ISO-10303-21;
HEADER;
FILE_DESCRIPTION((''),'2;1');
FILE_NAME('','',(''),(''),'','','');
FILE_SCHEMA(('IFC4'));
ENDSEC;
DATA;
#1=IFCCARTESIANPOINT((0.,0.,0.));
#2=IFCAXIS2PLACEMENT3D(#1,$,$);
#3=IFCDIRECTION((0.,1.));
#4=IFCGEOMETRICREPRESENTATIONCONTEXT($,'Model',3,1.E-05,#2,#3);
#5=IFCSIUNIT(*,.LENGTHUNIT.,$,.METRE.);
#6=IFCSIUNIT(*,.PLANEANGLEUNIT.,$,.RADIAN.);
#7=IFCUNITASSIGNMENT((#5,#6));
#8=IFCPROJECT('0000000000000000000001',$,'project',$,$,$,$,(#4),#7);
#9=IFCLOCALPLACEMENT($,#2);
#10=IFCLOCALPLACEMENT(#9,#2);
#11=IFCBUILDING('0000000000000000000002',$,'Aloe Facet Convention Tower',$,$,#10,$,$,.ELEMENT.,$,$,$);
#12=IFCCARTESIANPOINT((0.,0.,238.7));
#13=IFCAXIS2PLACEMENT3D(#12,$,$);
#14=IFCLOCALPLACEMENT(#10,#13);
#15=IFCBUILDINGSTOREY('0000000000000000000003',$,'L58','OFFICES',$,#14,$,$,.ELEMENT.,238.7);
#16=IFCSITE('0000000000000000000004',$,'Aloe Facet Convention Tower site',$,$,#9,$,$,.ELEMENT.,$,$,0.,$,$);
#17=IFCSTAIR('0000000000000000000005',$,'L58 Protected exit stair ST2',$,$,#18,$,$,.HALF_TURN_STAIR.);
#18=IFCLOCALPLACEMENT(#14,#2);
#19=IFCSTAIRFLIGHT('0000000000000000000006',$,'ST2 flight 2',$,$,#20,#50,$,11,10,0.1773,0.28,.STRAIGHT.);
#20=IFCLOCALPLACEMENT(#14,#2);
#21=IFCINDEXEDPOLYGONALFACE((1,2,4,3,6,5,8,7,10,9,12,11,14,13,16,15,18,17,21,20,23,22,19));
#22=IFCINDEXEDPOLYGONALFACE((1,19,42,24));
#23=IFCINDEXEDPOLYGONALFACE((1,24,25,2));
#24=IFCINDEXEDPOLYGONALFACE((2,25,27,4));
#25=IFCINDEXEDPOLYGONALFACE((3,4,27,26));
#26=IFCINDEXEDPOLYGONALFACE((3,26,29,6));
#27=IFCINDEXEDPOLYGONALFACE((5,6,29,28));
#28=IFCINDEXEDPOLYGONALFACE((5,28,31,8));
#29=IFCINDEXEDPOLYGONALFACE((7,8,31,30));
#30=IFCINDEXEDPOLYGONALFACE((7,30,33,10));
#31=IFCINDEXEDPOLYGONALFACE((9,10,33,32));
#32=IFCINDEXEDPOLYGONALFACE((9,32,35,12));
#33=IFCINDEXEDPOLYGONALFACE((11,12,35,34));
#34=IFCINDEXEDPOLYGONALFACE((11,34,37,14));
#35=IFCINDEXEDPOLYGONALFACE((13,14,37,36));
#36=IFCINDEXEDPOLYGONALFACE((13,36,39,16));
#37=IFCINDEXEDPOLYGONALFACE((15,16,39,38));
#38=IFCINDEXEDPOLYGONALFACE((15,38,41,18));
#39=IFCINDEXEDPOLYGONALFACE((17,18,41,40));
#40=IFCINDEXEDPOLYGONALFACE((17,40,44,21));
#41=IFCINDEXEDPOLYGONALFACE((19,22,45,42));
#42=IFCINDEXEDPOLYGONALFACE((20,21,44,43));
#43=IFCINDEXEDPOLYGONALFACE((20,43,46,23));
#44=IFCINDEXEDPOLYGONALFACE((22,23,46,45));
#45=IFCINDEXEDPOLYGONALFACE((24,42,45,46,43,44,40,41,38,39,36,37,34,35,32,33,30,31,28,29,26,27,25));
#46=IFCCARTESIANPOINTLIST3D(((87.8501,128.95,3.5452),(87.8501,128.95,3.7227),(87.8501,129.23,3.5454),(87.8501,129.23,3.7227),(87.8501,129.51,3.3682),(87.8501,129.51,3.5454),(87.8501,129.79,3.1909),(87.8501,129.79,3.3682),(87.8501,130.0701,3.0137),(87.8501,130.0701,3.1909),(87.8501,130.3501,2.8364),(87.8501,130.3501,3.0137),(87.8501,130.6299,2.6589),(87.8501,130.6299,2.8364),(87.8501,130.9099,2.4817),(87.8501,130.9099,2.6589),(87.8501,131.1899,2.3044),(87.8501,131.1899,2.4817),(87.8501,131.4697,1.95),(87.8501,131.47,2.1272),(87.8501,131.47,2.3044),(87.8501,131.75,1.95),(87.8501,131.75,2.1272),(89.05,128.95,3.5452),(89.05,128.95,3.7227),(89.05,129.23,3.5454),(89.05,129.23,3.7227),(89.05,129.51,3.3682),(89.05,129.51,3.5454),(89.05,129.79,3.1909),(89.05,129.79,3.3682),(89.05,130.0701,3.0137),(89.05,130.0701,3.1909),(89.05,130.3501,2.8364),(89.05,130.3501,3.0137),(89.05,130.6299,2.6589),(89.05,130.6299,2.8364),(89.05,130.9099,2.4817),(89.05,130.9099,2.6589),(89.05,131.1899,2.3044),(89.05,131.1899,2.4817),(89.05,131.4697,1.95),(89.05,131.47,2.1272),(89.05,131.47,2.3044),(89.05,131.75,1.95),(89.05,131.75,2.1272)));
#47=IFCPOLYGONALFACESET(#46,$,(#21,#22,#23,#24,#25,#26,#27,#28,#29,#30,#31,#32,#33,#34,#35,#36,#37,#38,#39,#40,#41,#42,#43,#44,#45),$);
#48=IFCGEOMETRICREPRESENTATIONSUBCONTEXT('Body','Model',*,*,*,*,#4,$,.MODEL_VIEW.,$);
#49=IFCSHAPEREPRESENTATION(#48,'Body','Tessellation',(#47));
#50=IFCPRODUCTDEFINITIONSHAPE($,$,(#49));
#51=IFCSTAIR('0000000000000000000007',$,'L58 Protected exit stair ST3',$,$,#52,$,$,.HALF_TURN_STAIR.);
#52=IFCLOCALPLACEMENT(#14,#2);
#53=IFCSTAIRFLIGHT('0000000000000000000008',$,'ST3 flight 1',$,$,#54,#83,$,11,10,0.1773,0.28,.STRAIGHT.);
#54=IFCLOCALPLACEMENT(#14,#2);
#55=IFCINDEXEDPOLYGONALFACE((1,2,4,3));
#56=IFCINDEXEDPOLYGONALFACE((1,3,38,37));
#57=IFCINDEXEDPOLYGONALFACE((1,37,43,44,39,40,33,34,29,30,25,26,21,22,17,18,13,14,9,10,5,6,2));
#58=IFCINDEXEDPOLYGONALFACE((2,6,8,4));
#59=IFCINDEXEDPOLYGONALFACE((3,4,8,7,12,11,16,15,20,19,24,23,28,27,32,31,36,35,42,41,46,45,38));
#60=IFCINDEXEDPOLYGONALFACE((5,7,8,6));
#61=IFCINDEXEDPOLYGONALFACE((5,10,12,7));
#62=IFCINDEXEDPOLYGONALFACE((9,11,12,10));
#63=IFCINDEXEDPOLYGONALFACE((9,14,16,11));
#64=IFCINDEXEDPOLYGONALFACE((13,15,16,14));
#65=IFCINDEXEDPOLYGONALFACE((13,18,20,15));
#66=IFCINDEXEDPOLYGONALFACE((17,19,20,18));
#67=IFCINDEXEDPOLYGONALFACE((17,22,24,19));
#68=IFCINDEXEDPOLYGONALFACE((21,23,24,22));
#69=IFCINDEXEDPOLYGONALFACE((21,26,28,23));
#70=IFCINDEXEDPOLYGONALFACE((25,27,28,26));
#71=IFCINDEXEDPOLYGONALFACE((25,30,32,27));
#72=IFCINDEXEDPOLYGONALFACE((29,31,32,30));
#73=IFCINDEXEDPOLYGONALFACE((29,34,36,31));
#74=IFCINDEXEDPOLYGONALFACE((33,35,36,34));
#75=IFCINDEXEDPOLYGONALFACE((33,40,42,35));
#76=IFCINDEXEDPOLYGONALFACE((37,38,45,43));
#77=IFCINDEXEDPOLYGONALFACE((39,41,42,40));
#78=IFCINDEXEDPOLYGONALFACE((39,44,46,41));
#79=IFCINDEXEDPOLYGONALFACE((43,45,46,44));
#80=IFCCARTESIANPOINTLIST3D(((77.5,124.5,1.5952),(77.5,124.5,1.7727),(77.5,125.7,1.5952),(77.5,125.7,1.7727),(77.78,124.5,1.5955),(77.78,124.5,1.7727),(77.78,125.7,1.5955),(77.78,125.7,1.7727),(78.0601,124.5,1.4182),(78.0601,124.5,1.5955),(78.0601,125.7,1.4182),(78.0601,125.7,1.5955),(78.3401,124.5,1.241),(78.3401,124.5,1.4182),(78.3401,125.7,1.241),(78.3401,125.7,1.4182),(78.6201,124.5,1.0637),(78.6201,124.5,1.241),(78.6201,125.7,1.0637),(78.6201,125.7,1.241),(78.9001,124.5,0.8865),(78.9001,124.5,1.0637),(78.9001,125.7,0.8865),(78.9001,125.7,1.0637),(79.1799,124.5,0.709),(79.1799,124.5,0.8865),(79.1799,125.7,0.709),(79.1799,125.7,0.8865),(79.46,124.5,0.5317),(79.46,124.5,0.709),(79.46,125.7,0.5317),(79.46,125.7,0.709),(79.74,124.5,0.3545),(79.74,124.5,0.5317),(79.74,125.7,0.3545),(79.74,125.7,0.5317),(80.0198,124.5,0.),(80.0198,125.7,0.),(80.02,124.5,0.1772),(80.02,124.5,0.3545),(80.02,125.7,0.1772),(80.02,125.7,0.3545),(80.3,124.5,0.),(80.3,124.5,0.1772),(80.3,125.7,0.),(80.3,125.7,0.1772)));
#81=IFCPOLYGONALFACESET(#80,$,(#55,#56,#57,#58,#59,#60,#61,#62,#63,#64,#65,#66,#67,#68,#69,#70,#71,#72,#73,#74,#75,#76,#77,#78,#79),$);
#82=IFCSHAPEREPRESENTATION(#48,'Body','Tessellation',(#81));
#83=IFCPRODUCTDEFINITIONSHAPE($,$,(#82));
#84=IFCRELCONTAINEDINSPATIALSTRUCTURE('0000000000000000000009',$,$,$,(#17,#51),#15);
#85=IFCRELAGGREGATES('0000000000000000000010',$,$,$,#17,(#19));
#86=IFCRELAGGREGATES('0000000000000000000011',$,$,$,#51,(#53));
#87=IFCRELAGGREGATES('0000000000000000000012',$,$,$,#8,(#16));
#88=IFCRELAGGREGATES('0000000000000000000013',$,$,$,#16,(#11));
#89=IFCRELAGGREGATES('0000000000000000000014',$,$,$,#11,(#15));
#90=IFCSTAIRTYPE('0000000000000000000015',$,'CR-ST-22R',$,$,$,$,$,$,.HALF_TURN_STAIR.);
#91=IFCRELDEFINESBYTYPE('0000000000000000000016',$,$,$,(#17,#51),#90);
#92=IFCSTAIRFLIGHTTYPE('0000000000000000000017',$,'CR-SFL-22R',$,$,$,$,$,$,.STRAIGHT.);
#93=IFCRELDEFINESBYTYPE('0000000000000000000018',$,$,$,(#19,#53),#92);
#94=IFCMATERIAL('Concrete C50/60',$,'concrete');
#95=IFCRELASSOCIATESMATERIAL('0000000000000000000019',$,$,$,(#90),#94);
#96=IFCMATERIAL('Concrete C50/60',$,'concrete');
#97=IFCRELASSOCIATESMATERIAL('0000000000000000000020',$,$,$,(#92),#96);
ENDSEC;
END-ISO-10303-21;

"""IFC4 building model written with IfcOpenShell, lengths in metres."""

from ifc_helpers import new_model, si_unit, direction, frame, origin, place, context, subcontext, project, spatial, polyline, outline, extrude, material, type_object, element, aggregate, save


model = new_model("IFC4")

# Units and contexts
model_context = context("Model", 3, precision=1e-05, world=origin(), true_north=direction((0.0, 1.0)))
body_context = subcontext(model_context, "Body", "Model", "MODEL_VIEW")
ifc_project = project(units=[si_unit("LENGTHUNIT", "METRE"), si_unit("PLANEANGLEUNIT", "RADIAN")], contexts=[model_context])

# Site, building, storey
site_placement = place(None, origin())
site = spatial("IfcSite", under=ifc_project, at=site_placement, Name="Aloe Facet Convention Tower site", CompositionType="ELEMENT", RefElevation=0.0)
building_placement = place(site_placement, origin())
building = spatial("IfcBuilding", under=site, at=building_placement, Name="Aloe Facet Convention Tower", CompositionType="ELEMENT")
storey_placement = place(building_placement, frame((0.0, 0.0, 238.7)))
storey = spatial("IfcBuildingStorey", under=building, at=storey_placement, Name="L58", Description="OFFICES", CompositionType="ELEMENT", Elevation=238.7)

# Stairs, stair flights
ifc_material_1 = material(Name="Concrete C50/60", Category="concrete")
stair_type = type_object("IfcStairType", Name="CR-ST-22R", PredefinedType="HALF_TURN_STAIR", material=ifc_material_1)
stair_1_placement = place(storey_placement, origin())
stair_1 = element("IfcStair", 1, at=stair_1_placement, inside=storey, type_object=stair_type, Name="L58 Protected exit stair ST2", PredefinedType="HALF_TURN_STAIR")
ifc_material_2 = material(Name="Concrete C50/60", Category="concrete")
stair_flight_type = type_object("IfcStairFlightType", Name="CR-SFL-22R", PredefinedType="STRAIGHT", material=ifc_material_2)
stair_flight_1_placement = place(storey_placement, frame((88.45, 131.75, 1.95), z_axis=(0.0, 0.0, 1.0), x_axis=(0.0, -1.0, 0.0)))
stair_flight_1 = element("IfcStairFlight", 2, at=stair_flight_1_placement, type_object=stair_flight_type, Name="ST2 flight 2", NumberOfRisers=11, NumberOfTreads=10, PredefinedType="STRAIGHT", RiserHeight=0.1773, TreadLength=0.28, context=body_context, shape_type="SweptSolid", body=[
    extrude(outline(polyline([(0.0, 0.0), (0.0, 0.1772), (0.28, 0.1772), (0.28, 0.3545), (0.5601, 0.3545), (0.5601, 0.5317), (0.8401, 0.5317), (0.8401, 0.709), (1.1201, 0.709), (1.1201, 0.8865), (1.3999, 0.8865), (1.3999, 1.0637), (1.6799, 1.0637), (1.6799, 1.241), (1.96, 1.241), (1.96, 1.4182), (2.24, 1.4182), (2.24, 1.5955), (2.52, 1.5955), (2.52, 1.7727), (2.8, 1.7727), (2.8, 1.95), (2.8, 1.5952), (0.2803, 0.0), (0.0, 0.0)])), frame((0.0, 0.6001, 0.0), z_axis=(0.0, -1.0, 0.0), x_axis=(1.0, 0.0, 0.0)), (0.0, 0.0, 1.0), 1.2),
])
aggregate(stair_1, [stair_flight_1])
stair_2_placement = place(storey_placement, origin())
stair_2 = element("IfcStair", 3, at=stair_2_placement, inside=storey, type_object=stair_type, Name="L58 Protected exit stair ST3", PredefinedType="HALF_TURN_STAIR")
stair_flight_2_placement = place(storey_placement, frame((80.3, 125.1001, 0.0), z_axis=(0.0, 0.0, 1.0), x_axis=(-1.0, 0.0, 0.0)))
stair_flight_2 = element("IfcStairFlight", 4, at=stair_flight_2_placement, type_object=stair_flight_type, Name="ST3 flight 1", NumberOfRisers=11, NumberOfTreads=10, PredefinedType="STRAIGHT", RiserHeight=0.1773, TreadLength=0.28, context=body_context, shape_type="SweptSolid", body=[
    extrude(outline(polyline([(0.0, 0.0), (0.0, 0.1772), (0.28, 0.1772), (0.28, 0.3545), (0.5601, 0.3545), (0.5601, 0.5317), (0.8401, 0.5317), (0.8401, 0.709), (1.1201, 0.709), (1.1201, 0.8865), (1.3999, 0.8865), (1.3999, 1.0637), (1.6799, 1.0637), (1.6799, 1.241), (1.96, 1.241), (1.96, 1.4182), (2.24, 1.4182), (2.24, 1.5955), (2.52, 1.5955), (2.52, 1.7727), (2.8, 1.7727), (2.8, 1.95), (2.8, 1.5952), (0.2803, 0.0), (0.0, 0.0)])), frame((0.0, 0.6001, 0.0), z_axis=(0.0, -1.0, 0.0), x_axis=(1.0, 0.0, 0.0)), (0.0, 0.0, 1.0), 1.2),
])
aggregate(stair_2, [stair_flight_2])

save(model, "model.ifc")
